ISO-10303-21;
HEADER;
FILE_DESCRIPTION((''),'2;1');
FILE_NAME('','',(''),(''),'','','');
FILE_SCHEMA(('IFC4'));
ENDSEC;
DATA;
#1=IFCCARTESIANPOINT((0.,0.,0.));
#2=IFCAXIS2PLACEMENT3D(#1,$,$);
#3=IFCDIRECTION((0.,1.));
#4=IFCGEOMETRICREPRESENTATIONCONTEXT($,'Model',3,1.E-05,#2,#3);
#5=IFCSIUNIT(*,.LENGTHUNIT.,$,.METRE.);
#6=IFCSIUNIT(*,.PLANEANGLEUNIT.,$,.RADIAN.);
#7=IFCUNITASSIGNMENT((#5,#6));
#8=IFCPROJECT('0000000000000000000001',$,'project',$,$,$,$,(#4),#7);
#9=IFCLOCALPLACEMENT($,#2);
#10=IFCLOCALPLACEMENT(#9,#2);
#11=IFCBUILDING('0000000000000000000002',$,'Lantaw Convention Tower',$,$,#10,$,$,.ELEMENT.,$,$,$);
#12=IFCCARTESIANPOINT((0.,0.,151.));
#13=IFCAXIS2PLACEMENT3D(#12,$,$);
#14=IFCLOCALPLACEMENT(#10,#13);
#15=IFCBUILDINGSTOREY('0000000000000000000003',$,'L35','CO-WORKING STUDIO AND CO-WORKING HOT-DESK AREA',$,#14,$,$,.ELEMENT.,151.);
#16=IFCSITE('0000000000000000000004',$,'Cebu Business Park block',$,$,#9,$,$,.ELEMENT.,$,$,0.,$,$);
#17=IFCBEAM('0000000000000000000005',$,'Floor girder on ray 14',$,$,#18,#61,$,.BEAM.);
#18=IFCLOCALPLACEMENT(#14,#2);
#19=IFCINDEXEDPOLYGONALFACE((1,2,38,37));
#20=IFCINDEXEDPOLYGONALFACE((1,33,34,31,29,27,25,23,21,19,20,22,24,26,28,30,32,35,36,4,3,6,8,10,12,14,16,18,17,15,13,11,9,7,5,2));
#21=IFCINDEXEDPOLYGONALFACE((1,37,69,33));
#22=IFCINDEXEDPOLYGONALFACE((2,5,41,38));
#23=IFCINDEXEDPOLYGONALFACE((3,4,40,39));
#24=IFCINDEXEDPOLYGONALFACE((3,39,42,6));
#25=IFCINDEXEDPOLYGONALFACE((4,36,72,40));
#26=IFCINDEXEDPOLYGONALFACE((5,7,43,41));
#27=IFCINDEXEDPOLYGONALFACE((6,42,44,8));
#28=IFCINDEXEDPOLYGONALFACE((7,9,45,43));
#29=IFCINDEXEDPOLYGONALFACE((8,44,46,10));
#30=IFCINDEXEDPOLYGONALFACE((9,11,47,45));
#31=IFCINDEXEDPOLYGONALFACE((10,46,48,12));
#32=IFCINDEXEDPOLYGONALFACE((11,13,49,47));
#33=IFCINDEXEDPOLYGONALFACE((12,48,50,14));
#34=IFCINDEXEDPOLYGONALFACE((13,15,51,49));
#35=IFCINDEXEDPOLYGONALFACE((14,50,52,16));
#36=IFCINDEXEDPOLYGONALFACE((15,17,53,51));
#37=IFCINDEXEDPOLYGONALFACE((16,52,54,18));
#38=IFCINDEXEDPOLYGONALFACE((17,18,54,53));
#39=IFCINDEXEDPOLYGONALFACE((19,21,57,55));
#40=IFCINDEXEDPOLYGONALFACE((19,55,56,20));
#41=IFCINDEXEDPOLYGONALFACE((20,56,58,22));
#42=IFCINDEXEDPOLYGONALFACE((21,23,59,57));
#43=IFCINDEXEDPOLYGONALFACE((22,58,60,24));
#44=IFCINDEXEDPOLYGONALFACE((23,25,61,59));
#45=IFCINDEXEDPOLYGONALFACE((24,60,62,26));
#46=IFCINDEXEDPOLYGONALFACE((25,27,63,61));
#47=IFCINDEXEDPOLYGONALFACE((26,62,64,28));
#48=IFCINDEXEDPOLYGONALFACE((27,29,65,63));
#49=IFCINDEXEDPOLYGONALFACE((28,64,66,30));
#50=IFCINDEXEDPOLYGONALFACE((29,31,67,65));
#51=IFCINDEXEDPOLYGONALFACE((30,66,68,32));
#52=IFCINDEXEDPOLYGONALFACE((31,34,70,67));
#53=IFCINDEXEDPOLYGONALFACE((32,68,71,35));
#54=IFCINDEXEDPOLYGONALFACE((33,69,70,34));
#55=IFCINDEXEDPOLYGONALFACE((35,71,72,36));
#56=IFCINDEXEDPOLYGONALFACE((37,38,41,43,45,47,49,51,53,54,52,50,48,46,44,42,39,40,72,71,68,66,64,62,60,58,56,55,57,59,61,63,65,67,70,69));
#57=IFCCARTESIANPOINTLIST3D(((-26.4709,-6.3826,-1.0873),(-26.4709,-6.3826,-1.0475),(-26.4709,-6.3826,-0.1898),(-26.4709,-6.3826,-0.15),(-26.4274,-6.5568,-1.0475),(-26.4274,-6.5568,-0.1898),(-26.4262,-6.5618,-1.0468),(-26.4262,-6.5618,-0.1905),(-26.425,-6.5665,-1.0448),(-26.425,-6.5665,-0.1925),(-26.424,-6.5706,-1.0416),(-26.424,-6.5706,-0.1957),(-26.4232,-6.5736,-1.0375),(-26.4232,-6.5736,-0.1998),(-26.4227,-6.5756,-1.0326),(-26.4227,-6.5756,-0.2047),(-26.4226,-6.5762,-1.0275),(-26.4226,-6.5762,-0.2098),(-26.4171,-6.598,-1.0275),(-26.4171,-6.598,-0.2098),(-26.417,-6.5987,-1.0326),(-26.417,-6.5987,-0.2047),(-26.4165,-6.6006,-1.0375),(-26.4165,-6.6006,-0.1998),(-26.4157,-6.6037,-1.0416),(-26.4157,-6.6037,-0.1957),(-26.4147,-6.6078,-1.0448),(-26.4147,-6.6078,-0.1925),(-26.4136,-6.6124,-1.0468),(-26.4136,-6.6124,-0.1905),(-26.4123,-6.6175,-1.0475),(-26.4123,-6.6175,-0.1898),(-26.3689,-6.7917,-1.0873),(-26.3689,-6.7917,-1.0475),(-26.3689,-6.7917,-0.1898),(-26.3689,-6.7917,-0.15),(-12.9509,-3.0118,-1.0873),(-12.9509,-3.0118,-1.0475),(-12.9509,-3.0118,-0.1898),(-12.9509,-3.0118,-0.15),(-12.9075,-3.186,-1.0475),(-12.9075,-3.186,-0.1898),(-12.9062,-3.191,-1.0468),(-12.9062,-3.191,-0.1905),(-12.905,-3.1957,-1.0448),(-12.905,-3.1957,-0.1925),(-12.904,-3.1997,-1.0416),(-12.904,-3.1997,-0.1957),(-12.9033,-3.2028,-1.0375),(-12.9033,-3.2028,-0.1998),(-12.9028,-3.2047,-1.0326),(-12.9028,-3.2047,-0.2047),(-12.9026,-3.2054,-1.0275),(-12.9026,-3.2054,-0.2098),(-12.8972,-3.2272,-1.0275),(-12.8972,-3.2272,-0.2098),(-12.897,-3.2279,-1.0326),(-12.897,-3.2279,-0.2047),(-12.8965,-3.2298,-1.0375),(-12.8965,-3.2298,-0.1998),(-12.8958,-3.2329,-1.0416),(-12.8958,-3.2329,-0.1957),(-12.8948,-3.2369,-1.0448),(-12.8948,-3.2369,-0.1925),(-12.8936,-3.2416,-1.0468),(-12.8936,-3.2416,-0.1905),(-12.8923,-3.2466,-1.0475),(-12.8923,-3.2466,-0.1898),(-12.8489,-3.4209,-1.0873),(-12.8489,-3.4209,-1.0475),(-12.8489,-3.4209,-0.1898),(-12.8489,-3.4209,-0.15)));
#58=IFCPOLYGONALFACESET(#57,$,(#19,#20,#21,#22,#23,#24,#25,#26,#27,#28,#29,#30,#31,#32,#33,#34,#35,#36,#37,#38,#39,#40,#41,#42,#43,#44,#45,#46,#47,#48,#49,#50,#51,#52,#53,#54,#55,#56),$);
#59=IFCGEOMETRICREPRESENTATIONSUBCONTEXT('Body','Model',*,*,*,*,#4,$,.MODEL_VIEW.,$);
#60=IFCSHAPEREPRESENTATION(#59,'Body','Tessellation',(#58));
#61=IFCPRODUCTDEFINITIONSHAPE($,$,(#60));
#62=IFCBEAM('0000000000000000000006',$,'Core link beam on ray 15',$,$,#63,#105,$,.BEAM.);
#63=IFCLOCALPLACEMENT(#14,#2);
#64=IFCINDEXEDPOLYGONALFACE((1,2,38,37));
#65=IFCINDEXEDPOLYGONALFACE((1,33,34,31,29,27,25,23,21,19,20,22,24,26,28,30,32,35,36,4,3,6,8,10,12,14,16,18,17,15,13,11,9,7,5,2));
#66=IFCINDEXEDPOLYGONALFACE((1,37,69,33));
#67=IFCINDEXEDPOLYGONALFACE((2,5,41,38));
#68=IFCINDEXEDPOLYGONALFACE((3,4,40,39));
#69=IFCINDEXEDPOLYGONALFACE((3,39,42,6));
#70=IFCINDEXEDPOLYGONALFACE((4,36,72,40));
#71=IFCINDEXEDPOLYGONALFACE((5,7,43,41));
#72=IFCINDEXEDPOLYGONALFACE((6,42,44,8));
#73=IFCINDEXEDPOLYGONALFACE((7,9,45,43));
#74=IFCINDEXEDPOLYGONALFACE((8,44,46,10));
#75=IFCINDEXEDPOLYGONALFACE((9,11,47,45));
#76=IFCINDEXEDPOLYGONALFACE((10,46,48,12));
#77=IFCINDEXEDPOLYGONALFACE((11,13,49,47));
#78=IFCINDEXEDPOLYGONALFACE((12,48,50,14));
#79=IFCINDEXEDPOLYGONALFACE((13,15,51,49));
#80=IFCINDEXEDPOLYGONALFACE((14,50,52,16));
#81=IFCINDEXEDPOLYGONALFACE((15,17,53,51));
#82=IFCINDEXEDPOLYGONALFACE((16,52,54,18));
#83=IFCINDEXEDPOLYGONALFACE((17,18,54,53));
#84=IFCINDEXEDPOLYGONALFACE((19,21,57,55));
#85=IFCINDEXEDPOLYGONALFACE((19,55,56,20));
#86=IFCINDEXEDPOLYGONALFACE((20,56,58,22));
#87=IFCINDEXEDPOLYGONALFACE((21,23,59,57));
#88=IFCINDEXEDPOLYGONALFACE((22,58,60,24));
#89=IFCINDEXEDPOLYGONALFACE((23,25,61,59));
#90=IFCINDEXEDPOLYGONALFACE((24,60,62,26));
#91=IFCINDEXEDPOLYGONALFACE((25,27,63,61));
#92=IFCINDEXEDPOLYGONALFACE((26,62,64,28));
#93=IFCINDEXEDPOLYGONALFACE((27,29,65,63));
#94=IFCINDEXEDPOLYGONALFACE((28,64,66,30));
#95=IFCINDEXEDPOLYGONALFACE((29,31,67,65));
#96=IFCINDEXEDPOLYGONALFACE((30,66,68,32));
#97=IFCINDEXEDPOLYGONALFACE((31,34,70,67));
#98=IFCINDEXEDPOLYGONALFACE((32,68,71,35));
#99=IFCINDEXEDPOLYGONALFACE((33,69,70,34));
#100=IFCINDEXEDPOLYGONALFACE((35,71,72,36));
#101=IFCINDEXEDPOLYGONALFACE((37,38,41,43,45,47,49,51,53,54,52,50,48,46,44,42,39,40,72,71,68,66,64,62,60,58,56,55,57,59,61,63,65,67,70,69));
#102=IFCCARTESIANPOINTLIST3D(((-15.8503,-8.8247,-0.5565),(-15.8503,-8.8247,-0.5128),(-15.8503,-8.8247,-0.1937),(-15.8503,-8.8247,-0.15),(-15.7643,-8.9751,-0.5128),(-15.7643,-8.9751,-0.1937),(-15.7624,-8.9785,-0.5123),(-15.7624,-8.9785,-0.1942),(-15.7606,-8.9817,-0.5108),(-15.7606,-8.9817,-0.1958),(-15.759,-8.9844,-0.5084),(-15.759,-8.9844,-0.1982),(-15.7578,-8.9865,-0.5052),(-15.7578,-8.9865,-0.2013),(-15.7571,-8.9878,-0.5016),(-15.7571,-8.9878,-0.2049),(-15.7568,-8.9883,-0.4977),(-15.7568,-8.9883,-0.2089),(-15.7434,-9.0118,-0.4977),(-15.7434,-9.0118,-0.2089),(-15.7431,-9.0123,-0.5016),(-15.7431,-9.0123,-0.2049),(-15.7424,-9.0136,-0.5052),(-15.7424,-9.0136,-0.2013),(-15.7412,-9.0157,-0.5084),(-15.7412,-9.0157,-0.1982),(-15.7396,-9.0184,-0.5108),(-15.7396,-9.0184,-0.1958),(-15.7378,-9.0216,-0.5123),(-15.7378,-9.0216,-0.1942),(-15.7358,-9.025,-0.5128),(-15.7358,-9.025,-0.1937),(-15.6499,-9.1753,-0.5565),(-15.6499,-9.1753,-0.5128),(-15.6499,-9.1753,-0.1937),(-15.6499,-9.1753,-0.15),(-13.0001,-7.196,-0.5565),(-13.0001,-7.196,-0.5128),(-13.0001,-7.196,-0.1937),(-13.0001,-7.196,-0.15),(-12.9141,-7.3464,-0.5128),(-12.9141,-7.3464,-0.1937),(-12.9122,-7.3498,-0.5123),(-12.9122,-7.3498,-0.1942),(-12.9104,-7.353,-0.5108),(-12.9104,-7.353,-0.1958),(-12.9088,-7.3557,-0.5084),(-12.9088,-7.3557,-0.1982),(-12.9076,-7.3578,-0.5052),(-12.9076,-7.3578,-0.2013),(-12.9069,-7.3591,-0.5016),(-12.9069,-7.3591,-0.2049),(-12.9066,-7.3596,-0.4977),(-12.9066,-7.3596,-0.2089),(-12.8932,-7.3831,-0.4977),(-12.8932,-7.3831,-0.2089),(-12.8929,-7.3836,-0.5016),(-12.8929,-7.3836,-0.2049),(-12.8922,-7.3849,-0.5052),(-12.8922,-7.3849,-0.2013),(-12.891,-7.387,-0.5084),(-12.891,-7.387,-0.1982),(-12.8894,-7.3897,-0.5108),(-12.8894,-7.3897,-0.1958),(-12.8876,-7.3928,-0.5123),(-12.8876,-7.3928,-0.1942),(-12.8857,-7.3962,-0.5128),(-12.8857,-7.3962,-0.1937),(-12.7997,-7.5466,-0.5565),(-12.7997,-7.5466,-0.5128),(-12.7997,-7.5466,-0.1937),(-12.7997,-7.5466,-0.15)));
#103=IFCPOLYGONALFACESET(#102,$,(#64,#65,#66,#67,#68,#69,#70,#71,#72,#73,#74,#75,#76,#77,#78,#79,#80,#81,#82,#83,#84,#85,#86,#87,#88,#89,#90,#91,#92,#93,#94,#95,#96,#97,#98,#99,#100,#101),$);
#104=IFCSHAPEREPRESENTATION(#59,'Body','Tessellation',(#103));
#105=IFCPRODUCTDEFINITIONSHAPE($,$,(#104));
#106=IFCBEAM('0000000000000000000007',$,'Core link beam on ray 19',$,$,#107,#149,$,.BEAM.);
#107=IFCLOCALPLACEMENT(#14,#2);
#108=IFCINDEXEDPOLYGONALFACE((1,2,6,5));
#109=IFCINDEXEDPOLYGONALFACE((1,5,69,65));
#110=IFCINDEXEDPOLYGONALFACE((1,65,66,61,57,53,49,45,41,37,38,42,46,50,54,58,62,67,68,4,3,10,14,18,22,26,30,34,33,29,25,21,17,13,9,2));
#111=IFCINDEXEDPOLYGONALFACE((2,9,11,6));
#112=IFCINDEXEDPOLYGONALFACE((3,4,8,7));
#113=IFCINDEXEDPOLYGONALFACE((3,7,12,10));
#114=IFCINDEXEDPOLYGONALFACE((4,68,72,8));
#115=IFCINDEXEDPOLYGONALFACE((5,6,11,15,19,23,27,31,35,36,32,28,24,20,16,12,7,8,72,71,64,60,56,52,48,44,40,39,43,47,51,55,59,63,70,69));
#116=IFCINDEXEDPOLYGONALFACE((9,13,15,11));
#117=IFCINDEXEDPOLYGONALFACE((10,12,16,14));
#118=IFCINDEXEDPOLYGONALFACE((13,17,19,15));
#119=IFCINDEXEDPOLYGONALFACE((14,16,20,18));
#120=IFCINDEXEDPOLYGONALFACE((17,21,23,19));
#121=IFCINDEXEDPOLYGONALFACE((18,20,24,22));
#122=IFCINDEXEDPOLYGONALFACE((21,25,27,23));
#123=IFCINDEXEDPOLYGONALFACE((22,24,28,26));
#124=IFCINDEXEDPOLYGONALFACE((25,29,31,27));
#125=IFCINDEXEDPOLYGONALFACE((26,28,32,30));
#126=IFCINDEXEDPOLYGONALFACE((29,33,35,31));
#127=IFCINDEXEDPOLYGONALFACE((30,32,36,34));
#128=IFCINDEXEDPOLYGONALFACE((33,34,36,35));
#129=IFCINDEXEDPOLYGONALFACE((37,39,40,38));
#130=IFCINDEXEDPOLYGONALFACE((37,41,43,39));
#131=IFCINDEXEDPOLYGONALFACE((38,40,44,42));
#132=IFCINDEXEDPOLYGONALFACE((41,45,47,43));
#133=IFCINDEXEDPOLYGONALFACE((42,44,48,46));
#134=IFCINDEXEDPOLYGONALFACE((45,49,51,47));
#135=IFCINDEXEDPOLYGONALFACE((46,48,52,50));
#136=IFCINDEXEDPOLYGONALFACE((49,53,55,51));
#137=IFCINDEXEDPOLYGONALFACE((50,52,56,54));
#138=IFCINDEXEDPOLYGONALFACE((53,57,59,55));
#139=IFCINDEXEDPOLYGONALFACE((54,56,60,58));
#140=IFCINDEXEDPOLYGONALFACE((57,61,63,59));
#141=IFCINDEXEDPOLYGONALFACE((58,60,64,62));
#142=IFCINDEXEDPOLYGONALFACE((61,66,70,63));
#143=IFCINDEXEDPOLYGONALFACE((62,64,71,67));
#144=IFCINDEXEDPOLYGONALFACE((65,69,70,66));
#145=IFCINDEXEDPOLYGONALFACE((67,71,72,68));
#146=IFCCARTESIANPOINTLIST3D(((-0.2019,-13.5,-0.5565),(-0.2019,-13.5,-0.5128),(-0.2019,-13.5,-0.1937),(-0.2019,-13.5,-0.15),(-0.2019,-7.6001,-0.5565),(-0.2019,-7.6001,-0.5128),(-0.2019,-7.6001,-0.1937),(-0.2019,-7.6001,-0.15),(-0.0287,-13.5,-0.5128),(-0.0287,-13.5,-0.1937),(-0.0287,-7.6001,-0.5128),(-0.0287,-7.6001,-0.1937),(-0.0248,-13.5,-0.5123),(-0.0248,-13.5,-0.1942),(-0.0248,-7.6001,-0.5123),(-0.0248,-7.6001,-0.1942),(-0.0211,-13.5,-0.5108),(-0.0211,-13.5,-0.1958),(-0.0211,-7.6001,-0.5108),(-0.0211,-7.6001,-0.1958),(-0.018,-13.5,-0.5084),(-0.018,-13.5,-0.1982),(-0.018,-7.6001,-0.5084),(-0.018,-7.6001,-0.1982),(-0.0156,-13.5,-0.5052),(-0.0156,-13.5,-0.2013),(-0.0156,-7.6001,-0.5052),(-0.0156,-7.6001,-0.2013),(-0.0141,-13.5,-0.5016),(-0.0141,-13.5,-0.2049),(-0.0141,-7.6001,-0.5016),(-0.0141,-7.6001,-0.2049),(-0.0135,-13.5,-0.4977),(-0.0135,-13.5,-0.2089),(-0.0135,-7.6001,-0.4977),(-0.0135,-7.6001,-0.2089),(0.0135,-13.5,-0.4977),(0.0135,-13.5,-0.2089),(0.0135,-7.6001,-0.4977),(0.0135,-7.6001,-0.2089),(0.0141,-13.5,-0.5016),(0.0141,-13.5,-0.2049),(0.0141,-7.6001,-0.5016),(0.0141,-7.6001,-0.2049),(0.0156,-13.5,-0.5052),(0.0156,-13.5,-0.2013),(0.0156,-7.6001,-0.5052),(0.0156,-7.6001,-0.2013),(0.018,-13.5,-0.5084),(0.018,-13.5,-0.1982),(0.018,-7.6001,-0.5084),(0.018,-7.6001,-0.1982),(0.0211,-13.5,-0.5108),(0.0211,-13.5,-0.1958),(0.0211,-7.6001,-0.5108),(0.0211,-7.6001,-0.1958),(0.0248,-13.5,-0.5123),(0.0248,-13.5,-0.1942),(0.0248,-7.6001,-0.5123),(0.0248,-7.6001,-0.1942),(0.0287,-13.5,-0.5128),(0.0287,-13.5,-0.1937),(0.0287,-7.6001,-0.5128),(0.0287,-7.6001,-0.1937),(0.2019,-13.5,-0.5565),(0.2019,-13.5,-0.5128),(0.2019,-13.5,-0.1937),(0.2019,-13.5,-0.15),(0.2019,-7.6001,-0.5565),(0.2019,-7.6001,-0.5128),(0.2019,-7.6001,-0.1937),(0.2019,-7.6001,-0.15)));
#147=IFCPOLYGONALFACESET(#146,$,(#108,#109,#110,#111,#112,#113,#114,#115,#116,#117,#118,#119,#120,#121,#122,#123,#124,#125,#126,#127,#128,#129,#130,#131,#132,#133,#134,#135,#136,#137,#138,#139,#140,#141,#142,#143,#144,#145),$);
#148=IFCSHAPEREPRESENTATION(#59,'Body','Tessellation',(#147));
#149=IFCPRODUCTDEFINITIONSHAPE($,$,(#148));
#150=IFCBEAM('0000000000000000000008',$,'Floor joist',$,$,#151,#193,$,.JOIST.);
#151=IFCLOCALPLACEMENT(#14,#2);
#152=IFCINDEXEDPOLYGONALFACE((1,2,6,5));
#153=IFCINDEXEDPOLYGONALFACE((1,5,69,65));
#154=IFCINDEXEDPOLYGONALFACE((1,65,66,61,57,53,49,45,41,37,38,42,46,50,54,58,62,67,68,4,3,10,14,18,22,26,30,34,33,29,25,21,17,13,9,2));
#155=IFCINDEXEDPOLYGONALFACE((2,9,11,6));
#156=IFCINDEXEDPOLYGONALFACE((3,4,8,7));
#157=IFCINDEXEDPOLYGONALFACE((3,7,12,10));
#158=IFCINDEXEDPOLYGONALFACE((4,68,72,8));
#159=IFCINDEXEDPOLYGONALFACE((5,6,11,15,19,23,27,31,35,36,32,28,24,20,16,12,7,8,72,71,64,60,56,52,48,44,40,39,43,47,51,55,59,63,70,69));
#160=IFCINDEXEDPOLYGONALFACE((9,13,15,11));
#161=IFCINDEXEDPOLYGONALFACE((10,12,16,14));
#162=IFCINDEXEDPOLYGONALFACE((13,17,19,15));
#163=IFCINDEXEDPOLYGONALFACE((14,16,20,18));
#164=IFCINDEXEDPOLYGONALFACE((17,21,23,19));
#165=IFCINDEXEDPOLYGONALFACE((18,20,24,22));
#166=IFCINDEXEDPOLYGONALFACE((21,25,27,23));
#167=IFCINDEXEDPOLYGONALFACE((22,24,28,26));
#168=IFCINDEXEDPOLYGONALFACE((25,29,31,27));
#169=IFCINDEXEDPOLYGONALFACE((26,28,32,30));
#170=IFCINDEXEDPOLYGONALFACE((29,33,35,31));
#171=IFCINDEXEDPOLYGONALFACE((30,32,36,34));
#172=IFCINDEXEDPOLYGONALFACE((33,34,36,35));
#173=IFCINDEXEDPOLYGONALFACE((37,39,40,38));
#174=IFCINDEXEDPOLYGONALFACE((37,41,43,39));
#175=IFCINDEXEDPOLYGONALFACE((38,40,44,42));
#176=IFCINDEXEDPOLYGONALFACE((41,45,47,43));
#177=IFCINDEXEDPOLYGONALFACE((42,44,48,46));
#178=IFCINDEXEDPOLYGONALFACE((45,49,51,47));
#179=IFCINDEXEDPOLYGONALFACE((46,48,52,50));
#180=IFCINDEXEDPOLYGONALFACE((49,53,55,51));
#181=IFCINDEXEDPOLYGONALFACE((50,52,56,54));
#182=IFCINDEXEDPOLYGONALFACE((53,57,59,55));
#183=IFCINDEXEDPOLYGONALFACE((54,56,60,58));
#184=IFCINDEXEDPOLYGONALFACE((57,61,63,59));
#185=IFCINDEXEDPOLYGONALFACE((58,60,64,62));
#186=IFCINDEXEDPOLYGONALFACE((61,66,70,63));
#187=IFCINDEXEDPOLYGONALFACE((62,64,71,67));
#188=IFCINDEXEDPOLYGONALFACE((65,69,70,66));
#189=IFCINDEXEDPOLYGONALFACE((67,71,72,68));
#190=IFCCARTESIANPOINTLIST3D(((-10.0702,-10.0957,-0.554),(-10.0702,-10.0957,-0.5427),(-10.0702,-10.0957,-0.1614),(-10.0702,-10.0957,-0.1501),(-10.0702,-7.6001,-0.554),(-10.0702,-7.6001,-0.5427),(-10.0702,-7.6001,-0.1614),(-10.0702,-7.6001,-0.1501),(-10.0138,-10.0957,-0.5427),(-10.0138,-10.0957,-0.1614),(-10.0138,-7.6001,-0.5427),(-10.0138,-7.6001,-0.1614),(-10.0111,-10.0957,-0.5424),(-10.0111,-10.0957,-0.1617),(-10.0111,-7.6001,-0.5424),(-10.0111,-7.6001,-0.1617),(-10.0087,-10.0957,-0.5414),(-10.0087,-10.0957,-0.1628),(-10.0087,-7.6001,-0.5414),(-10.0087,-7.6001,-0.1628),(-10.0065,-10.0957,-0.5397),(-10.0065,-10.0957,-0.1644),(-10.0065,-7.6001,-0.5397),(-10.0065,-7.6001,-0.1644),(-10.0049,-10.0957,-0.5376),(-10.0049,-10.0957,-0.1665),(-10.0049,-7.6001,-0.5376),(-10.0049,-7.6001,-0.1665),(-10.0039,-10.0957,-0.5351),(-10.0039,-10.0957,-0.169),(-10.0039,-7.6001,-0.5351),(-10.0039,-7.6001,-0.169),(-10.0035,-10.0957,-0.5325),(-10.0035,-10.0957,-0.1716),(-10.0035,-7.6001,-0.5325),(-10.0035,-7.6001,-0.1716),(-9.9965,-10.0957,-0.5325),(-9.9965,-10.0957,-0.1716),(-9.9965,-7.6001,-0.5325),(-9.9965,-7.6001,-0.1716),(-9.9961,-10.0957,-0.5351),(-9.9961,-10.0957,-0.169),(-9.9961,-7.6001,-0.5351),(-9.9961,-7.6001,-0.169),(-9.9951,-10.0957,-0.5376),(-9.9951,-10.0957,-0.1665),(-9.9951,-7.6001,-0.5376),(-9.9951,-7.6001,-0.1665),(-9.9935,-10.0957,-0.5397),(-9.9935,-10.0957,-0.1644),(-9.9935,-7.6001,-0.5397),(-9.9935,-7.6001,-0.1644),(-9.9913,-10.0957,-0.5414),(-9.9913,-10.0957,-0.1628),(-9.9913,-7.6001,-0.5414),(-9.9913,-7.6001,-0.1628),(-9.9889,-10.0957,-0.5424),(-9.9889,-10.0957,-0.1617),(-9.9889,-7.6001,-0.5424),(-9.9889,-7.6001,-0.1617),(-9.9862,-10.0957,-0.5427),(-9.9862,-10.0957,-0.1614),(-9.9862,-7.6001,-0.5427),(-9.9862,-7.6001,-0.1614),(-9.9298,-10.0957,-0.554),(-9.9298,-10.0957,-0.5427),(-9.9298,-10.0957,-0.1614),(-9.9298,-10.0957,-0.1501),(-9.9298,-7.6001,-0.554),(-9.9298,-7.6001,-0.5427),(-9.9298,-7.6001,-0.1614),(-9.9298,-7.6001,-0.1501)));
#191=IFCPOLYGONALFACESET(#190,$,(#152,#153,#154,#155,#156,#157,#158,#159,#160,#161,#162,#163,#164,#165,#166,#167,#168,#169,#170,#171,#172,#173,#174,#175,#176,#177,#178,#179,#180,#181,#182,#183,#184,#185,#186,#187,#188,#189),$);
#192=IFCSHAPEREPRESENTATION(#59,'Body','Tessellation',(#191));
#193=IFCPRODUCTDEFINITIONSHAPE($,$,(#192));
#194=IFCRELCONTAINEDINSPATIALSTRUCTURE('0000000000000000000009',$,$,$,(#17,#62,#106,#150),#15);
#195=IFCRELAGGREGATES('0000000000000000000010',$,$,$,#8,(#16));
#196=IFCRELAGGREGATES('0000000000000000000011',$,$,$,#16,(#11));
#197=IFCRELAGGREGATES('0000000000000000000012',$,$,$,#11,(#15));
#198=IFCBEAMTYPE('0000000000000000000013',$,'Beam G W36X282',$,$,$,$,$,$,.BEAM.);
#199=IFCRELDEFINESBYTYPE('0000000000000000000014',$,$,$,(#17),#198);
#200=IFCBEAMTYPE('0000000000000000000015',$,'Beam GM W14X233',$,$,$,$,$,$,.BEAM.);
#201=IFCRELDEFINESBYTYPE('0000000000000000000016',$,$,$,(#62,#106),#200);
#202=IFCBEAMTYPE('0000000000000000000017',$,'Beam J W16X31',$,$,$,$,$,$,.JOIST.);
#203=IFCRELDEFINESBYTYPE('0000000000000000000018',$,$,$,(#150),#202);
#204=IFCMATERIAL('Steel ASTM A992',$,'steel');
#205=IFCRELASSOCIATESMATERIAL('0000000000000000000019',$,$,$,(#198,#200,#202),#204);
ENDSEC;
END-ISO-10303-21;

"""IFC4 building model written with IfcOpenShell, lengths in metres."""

from ifc_helpers import new_model, si_unit, direction, frame, origin, origin_2d, place, context, subcontext, project, spatial, i_section, extrude, material, material_profile, profile_set, type_object, element, save


model = new_model("IFC4")

# Units and contexts
model_context = context("Model", 3, precision=1e-05, world=origin(), true_north=direction((0.0, 1.0)))
body_context = subcontext(model_context, "Body", "Model", "MODEL_VIEW")
ifc_project = project(units=[si_unit("LENGTHUNIT", "METRE"), si_unit("PLANEANGLEUNIT", "RADIAN")], contexts=[model_context])

# Site, building, storey
site_placement = place(None, origin())
site = spatial("IfcSite", under=ifc_project, at=site_placement, Name="Cebu Business Park block", CompositionType="ELEMENT", RefElevation=0.0)
building_placement = place(site_placement, origin())
building = spatial("IfcBuilding", under=site, at=building_placement, Name="Lantaw Convention Tower", CompositionType="ELEMENT")
storey_placement = place(building_placement, frame((0.0, 0.0, 151.0)))
storey = spatial("IfcBuildingStorey", under=building, at=storey_placement, Name="L35", Description="CO-WORKING STUDIO AND CO-WORKING HOT-DESK AREA", CompositionType="ELEMENT", Elevation=151.0)

# Beams
ifc_material_1 = material(Name="Steel ASTM A992", Category="steel")
ifc_material_profile_1 = material_profile(ifc_material_1, i_section(OverallWidth=0.4216, OverallDepth=0.9373, WebThickness=0.0225, FlangeThickness=0.0398, FilletRadius=0.02, at=origin_2d()), Name="W36X282")
ifc_profile_set_1 = profile_set([ifc_material_profile_1], Name="Steel ASTM A992")
beam_type_1 = type_object("IfcBeamType", Name="Beam G W36X282", PredefinedType="BEAM", material=ifc_profile_set_1)
beam_1_placement = place(storey_placement, frame((-12.8999, -3.2163, -0.6187), z_axis=(-0.970297, -0.241917, 0.0), x_axis=(0.241917, -0.970297, 0.0)))
element("IfcBeam", 1, at=beam_1_placement, inside=storey, type_object=beam_type_1, Name="Floor girder on ray 14", PredefinedType="BEAM", context=body_context, shape_type="SweptSolid", body=[
    extrude(i_section(OverallWidth=0.4216, OverallDepth=0.9373, WebThickness=0.0225, FlangeThickness=0.0398, FilletRadius=0.02, at=origin_2d()), origin(), (0.0, 0.0, 1.0), 13.9338),
])
ifc_material_profile_2 = material_profile(ifc_material_1, i_section(OverallWidth=0.4038, OverallDepth=0.4065, WebThickness=0.0271, FlangeThickness=0.0437, FilletRadius=0.0151, at=origin_2d()), Name="W14X233")
ifc_profile_set_2 = profile_set([ifc_material_profile_2], Name="Steel ASTM A992")
beam_type_2 = type_object("IfcBeamType", Name="Beam GM W14X233", PredefinedType="BEAM", material=ifc_profile_set_2)
beam_2_placement = place(storey_placement, frame((-12.8999, -7.3713, -0.3533), z_axis=(-0.868239, -0.496147, 0.0), x_axis=(0.496147, -0.868239, 0.0)))
element("IfcBeam", 2, at=beam_2_placement, inside=storey, type_object=beam_type_2, Name="Core link beam on ray 15", PredefinedType="BEAM", context=body_context, shape_type="SweptSolid", body=[
    extrude(i_section(OverallWidth=0.4038, OverallDepth=0.4065, WebThickness=0.0271, FlangeThickness=0.0437, FilletRadius=0.0151, at=origin_2d()), origin(), (0.0, 0.0, 1.0), 3.2827),
])
beam_3_placement = place(storey_placement, frame((0.0, -7.6001, -0.3533), z_axis=(0.0, -1.0, 0.0), x_axis=(1.0, 0.0, 0.0)))
element("IfcBeam", 3, at=beam_3_placement, inside=storey, type_object=beam_type_2, Name="Core link beam on ray 19", PredefinedType="BEAM", context=body_context, shape_type="SweptSolid", body=[
    extrude(i_section(OverallWidth=0.4038, OverallDepth=0.4065, WebThickness=0.0271, FlangeThickness=0.0437, FilletRadius=0.0151, at=origin_2d()), origin(), (0.0, 0.0, 1.0), 5.8999),
])
ifc_material_profile_3 = material_profile(ifc_material_1, i_section(OverallWidth=0.1404, OverallDepth=0.4038, WebThickness=0.0071, FlangeThickness=0.0112, FilletRadius=0.0103, at=origin_2d()), Name="W16X31")
ifc_profile_set_3 = profile_set([ifc_material_profile_3], Name="Steel ASTM A992")
beam_type_3 = type_object("IfcBeamType", Name="Beam J W16X31", PredefinedType="JOIST", material=ifc_profile_set_3)
beam_4_placement = place(storey_placement, frame((-10.0, -10.0957, -0.3521), z_axis=(0.0, 1.0, 0.0), x_axis=(-1.0, 0.0, 0.0)))
element("IfcBeam", 4, at=beam_4_placement, inside=storey, type_object=beam_type_3, Name="Floor joist", PredefinedType="JOIST", context=body_context, shape_type="SweptSolid", body=[
    extrude(i_section(OverallWidth=0.1404, OverallDepth=0.4038, WebThickness=0.0071, FlangeThickness=0.0112, FilletRadius=0.0103, at=origin_2d()), origin(), (0.0, 0.0, 1.0), 2.4956),
])

save(model, "model.ifc")
